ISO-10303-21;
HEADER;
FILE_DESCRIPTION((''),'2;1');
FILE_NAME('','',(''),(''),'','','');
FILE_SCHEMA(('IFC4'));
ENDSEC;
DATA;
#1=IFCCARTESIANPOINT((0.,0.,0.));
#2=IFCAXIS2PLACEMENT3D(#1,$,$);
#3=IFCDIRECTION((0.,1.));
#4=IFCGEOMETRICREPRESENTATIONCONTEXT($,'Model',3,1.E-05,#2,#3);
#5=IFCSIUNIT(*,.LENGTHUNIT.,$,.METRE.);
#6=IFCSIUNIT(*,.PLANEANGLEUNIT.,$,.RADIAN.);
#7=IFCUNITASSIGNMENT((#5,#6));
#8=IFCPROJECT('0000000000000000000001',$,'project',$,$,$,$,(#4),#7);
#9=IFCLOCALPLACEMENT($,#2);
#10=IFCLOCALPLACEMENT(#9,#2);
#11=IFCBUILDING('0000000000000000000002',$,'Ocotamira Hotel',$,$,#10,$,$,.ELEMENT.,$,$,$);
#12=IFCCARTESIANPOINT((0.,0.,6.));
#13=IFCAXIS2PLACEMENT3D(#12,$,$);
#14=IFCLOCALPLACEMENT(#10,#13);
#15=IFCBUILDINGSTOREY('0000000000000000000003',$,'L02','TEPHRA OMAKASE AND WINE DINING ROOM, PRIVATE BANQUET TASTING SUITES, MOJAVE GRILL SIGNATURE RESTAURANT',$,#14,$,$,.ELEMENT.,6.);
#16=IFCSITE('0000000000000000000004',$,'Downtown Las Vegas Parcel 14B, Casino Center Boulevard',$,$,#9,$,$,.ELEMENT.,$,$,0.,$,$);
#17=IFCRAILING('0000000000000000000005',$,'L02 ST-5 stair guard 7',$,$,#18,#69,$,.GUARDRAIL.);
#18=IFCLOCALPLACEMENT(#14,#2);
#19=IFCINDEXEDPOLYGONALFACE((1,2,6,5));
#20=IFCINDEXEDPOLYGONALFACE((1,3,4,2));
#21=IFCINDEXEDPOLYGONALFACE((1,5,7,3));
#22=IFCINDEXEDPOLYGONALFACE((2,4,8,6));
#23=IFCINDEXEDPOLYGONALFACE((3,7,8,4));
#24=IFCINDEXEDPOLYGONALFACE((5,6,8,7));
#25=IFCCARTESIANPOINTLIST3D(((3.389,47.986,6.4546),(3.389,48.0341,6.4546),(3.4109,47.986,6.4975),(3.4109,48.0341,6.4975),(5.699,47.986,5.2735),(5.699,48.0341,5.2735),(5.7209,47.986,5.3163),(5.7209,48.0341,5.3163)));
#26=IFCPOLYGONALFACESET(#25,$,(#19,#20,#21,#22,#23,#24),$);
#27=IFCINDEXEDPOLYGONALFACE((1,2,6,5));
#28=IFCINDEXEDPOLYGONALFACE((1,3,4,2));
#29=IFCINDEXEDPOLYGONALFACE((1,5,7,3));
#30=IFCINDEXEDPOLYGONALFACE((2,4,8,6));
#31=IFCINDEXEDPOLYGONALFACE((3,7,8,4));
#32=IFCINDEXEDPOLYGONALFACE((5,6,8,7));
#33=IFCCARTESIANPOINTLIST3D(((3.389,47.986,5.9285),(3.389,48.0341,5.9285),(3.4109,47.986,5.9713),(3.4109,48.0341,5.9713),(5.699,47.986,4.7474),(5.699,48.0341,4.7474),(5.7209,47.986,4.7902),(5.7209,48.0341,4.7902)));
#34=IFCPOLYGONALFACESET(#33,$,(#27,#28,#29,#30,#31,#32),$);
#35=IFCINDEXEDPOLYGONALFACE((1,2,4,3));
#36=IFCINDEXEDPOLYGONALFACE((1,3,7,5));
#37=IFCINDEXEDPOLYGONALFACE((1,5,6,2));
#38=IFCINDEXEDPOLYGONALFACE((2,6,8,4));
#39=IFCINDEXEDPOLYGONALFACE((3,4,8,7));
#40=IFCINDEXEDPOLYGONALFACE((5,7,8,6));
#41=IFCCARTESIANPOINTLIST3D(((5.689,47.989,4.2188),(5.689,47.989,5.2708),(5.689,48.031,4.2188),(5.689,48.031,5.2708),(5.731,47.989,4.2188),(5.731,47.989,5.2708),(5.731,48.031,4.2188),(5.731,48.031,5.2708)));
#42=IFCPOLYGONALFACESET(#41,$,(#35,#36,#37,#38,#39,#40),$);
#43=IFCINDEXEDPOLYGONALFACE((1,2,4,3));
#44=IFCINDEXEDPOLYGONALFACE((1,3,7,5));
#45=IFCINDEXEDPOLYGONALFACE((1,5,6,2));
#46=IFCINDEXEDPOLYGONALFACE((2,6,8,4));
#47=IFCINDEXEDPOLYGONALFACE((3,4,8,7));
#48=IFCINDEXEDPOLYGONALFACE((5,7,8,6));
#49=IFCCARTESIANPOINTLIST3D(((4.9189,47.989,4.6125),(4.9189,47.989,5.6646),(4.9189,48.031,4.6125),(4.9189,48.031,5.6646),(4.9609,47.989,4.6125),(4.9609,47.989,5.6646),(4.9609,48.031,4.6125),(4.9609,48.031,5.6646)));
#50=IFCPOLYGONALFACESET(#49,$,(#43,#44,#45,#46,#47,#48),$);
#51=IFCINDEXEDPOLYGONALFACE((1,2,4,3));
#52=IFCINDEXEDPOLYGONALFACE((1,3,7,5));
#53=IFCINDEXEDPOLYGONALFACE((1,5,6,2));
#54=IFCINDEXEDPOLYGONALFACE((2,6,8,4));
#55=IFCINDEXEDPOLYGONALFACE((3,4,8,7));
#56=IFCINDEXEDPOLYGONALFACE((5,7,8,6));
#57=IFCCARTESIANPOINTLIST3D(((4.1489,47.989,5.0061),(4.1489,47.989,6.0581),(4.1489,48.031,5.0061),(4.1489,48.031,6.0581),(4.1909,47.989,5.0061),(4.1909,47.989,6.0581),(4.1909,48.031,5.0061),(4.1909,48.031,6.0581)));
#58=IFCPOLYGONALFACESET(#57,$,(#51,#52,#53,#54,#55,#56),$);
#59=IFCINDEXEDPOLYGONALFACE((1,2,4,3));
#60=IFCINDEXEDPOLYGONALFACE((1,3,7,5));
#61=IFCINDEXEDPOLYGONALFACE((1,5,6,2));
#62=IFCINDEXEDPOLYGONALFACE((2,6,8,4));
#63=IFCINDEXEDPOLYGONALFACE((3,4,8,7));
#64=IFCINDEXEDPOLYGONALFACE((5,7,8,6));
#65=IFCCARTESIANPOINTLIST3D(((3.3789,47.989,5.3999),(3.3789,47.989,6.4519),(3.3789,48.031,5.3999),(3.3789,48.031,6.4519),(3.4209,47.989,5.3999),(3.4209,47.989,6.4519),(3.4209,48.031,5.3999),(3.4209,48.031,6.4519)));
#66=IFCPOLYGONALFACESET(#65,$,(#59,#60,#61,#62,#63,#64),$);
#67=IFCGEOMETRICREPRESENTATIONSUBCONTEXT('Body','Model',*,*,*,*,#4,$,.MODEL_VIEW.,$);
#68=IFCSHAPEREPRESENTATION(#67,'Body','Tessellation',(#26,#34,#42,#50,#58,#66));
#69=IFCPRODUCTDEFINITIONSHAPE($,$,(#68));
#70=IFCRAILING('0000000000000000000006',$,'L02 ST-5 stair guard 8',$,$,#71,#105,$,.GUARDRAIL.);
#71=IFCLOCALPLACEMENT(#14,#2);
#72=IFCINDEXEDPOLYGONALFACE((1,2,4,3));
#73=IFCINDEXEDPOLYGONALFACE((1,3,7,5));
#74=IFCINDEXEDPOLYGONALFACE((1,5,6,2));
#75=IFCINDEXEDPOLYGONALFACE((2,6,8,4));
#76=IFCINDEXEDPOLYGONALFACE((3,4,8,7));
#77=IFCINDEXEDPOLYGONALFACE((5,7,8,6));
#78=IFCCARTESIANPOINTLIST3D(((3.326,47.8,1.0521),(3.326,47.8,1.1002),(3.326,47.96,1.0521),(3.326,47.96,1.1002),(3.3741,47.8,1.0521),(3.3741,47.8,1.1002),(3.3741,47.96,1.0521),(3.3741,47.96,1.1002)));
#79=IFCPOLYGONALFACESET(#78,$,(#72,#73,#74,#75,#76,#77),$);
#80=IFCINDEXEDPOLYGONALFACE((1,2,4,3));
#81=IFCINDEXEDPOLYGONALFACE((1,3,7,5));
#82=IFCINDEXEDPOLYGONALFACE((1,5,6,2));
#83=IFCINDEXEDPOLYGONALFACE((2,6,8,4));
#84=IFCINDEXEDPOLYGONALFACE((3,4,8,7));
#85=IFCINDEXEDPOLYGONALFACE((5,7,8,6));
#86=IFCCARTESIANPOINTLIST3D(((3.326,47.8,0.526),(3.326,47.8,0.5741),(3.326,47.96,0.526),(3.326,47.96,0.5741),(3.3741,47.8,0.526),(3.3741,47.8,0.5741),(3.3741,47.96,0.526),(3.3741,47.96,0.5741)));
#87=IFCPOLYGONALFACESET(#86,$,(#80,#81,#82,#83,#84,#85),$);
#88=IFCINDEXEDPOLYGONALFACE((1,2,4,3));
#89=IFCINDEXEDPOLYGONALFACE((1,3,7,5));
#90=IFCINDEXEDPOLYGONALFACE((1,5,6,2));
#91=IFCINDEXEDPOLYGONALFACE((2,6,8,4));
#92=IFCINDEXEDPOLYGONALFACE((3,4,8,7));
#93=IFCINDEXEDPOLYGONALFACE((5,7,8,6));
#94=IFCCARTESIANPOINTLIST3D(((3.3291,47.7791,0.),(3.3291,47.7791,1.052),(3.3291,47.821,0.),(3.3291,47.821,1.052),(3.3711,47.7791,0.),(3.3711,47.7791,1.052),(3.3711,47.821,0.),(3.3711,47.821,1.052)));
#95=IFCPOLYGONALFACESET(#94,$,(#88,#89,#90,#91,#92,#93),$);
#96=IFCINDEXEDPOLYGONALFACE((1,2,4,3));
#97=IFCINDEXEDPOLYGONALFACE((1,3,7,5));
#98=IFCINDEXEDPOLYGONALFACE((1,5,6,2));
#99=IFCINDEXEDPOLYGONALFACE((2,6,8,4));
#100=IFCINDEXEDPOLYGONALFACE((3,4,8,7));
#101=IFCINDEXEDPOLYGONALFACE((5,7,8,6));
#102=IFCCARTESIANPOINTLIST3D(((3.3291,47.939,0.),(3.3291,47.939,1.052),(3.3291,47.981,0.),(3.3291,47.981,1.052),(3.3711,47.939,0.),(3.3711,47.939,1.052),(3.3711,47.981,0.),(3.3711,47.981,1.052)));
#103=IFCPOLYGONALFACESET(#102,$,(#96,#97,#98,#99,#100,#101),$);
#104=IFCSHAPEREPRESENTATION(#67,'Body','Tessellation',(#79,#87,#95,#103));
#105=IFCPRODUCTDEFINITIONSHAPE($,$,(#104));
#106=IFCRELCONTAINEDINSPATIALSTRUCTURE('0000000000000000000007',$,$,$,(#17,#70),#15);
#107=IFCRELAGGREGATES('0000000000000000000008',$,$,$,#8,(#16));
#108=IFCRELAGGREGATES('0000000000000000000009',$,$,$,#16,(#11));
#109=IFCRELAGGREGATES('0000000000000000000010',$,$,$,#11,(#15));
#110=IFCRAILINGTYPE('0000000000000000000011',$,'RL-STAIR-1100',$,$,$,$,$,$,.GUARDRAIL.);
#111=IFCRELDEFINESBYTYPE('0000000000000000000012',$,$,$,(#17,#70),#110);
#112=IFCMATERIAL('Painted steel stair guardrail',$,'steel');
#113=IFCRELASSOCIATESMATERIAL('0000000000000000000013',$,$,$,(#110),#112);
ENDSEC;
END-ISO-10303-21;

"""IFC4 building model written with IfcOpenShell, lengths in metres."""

from ifc_helpers import new_model, si_unit, direction, frame, origin, origin_2d, place, context, subcontext, project, spatial, rectangle, extrude, material, type_object, element, save


model = new_model("IFC4")

# Units and contexts
model_context = context("Model", 3, precision=1e-05, world=origin(), true_north=direction((0.0, 1.0)))
body_context = subcontext(model_context, "Body", "Model", "MODEL_VIEW")
ifc_project = project(units=[si_unit("LENGTHUNIT", "METRE"), si_unit("PLANEANGLEUNIT", "RADIAN")], contexts=[model_context])

# Site, building, storey
site_placement = place(None, origin())
site = spatial("IfcSite", under=ifc_project, at=site_placement, Name="Downtown Las Vegas Parcel 14B, Casino Center Boulevard", CompositionType="ELEMENT", RefElevation=0.0)
building_placement = place(site_placement, origin())
building = spatial("IfcBuilding", under=site, at=building_placement, Name="Ocotamira Hotel", CompositionType="ELEMENT")
storey_placement = place(building_placement, frame((0.0, 0.0, 6.0)))
storey = spatial("IfcBuildingStorey", under=building, at=storey_placement, Name="L02", Description="TEPHRA OMAKASE AND WINE DINING ROOM, PRIVATE BANQUET TASTING SUITES, MOJAVE GRILL SIGNATURE RESTAURANT", CompositionType="ELEMENT", Elevation=6.0)

# Railings
ifc_material_1 = material(Name="Painted steel stair guardrail", Category="steel")
railing_type_1 = type_object("IfcRailingType", Name="RL-STAIR-1100", PredefinedType="GUARDRAIL", material=ifc_material_1)
railing_1_placement = place(storey_placement, frame((5.71, 48.01, 4.2188)))
element("IfcRailing", 1, at=railing_1_placement, inside=storey, type_object=railing_type_1, Name="L02 ST-5 stair guard 7", PredefinedType="GUARDRAIL", context=body_context, shape_type="SweptSolid", body=[
    extrude(rectangle(XDim=0.0481, YDim=0.0481, at=origin_2d()), frame((0.0, 0.0, 1.0762), z_axis=(-0.890363, 0.0, 0.45525), x_axis=(0.0, -1.0, 0.0)), (0.0, 0.0, 1.0), 2.5945),
    extrude(rectangle(XDim=0.0481, YDim=0.0481, at=origin_2d()), frame((0.0, 0.0, 0.55), z_axis=(-0.890363, 0.0, 0.45525), x_axis=(0.0, -1.0, 0.0)), (0.0, 0.0, 1.0), 2.5945),
    extrude(rectangle(XDim=0.042, YDim=0.042, at=origin_2d()), origin(), (0.0, 0.0, 1.0), 1.052),
    extrude(rectangle(XDim=0.042, YDim=0.042, at=origin_2d()), frame((-0.77, 0.0, 0.3938)), (0.0, 0.0, 1.0), 1.052),
    extrude(rectangle(XDim=0.042, YDim=0.042, at=origin_2d()), frame((-1.54, 0.0, 0.7874)), (0.0, 0.0, 1.0), 1.052),
    extrude(rectangle(XDim=0.042, YDim=0.042, at=origin_2d()), frame((-2.3101, 0.0, 1.1812)), (0.0, 0.0, 1.0), 1.052),
])
railing_2_placement = place(storey_placement, frame((3.3501, 47.8, 0.0)))
element("IfcRailing", 2, at=railing_2_placement, inside=storey, type_object=railing_type_1, Name="L02 ST-5 stair guard 8", PredefinedType="GUARDRAIL", context=body_context, shape_type="SweptSolid", body=[
    extrude(rectangle(XDim=0.0481, YDim=0.0481, at=origin_2d()), frame((0.0, 0.0, 1.0762), z_axis=(0.0, 1.0, 0.0), x_axis=(-1.0, 0.0, 0.0)), (0.0, 0.0, 1.0), 0.1599),
    extrude(rectangle(XDim=0.0481, YDim=0.0481, at=origin_2d()), frame((0.0, 0.0, 0.55), z_axis=(0.0, 1.0, 0.0), x_axis=(-1.0, 0.0, 0.0)), (0.0, 0.0, 1.0), 0.1599),
    extrude(rectangle(XDim=0.042, YDim=0.042, at=origin_2d()), origin(), (0.0, 0.0, 1.0), 1.052),
    extrude(rectangle(XDim=0.042, YDim=0.042, at=origin_2d()), frame((0.0, 0.1599, 0.0)), (0.0, 0.0, 1.0), 1.052),
])

save(model, "model.ifc")
